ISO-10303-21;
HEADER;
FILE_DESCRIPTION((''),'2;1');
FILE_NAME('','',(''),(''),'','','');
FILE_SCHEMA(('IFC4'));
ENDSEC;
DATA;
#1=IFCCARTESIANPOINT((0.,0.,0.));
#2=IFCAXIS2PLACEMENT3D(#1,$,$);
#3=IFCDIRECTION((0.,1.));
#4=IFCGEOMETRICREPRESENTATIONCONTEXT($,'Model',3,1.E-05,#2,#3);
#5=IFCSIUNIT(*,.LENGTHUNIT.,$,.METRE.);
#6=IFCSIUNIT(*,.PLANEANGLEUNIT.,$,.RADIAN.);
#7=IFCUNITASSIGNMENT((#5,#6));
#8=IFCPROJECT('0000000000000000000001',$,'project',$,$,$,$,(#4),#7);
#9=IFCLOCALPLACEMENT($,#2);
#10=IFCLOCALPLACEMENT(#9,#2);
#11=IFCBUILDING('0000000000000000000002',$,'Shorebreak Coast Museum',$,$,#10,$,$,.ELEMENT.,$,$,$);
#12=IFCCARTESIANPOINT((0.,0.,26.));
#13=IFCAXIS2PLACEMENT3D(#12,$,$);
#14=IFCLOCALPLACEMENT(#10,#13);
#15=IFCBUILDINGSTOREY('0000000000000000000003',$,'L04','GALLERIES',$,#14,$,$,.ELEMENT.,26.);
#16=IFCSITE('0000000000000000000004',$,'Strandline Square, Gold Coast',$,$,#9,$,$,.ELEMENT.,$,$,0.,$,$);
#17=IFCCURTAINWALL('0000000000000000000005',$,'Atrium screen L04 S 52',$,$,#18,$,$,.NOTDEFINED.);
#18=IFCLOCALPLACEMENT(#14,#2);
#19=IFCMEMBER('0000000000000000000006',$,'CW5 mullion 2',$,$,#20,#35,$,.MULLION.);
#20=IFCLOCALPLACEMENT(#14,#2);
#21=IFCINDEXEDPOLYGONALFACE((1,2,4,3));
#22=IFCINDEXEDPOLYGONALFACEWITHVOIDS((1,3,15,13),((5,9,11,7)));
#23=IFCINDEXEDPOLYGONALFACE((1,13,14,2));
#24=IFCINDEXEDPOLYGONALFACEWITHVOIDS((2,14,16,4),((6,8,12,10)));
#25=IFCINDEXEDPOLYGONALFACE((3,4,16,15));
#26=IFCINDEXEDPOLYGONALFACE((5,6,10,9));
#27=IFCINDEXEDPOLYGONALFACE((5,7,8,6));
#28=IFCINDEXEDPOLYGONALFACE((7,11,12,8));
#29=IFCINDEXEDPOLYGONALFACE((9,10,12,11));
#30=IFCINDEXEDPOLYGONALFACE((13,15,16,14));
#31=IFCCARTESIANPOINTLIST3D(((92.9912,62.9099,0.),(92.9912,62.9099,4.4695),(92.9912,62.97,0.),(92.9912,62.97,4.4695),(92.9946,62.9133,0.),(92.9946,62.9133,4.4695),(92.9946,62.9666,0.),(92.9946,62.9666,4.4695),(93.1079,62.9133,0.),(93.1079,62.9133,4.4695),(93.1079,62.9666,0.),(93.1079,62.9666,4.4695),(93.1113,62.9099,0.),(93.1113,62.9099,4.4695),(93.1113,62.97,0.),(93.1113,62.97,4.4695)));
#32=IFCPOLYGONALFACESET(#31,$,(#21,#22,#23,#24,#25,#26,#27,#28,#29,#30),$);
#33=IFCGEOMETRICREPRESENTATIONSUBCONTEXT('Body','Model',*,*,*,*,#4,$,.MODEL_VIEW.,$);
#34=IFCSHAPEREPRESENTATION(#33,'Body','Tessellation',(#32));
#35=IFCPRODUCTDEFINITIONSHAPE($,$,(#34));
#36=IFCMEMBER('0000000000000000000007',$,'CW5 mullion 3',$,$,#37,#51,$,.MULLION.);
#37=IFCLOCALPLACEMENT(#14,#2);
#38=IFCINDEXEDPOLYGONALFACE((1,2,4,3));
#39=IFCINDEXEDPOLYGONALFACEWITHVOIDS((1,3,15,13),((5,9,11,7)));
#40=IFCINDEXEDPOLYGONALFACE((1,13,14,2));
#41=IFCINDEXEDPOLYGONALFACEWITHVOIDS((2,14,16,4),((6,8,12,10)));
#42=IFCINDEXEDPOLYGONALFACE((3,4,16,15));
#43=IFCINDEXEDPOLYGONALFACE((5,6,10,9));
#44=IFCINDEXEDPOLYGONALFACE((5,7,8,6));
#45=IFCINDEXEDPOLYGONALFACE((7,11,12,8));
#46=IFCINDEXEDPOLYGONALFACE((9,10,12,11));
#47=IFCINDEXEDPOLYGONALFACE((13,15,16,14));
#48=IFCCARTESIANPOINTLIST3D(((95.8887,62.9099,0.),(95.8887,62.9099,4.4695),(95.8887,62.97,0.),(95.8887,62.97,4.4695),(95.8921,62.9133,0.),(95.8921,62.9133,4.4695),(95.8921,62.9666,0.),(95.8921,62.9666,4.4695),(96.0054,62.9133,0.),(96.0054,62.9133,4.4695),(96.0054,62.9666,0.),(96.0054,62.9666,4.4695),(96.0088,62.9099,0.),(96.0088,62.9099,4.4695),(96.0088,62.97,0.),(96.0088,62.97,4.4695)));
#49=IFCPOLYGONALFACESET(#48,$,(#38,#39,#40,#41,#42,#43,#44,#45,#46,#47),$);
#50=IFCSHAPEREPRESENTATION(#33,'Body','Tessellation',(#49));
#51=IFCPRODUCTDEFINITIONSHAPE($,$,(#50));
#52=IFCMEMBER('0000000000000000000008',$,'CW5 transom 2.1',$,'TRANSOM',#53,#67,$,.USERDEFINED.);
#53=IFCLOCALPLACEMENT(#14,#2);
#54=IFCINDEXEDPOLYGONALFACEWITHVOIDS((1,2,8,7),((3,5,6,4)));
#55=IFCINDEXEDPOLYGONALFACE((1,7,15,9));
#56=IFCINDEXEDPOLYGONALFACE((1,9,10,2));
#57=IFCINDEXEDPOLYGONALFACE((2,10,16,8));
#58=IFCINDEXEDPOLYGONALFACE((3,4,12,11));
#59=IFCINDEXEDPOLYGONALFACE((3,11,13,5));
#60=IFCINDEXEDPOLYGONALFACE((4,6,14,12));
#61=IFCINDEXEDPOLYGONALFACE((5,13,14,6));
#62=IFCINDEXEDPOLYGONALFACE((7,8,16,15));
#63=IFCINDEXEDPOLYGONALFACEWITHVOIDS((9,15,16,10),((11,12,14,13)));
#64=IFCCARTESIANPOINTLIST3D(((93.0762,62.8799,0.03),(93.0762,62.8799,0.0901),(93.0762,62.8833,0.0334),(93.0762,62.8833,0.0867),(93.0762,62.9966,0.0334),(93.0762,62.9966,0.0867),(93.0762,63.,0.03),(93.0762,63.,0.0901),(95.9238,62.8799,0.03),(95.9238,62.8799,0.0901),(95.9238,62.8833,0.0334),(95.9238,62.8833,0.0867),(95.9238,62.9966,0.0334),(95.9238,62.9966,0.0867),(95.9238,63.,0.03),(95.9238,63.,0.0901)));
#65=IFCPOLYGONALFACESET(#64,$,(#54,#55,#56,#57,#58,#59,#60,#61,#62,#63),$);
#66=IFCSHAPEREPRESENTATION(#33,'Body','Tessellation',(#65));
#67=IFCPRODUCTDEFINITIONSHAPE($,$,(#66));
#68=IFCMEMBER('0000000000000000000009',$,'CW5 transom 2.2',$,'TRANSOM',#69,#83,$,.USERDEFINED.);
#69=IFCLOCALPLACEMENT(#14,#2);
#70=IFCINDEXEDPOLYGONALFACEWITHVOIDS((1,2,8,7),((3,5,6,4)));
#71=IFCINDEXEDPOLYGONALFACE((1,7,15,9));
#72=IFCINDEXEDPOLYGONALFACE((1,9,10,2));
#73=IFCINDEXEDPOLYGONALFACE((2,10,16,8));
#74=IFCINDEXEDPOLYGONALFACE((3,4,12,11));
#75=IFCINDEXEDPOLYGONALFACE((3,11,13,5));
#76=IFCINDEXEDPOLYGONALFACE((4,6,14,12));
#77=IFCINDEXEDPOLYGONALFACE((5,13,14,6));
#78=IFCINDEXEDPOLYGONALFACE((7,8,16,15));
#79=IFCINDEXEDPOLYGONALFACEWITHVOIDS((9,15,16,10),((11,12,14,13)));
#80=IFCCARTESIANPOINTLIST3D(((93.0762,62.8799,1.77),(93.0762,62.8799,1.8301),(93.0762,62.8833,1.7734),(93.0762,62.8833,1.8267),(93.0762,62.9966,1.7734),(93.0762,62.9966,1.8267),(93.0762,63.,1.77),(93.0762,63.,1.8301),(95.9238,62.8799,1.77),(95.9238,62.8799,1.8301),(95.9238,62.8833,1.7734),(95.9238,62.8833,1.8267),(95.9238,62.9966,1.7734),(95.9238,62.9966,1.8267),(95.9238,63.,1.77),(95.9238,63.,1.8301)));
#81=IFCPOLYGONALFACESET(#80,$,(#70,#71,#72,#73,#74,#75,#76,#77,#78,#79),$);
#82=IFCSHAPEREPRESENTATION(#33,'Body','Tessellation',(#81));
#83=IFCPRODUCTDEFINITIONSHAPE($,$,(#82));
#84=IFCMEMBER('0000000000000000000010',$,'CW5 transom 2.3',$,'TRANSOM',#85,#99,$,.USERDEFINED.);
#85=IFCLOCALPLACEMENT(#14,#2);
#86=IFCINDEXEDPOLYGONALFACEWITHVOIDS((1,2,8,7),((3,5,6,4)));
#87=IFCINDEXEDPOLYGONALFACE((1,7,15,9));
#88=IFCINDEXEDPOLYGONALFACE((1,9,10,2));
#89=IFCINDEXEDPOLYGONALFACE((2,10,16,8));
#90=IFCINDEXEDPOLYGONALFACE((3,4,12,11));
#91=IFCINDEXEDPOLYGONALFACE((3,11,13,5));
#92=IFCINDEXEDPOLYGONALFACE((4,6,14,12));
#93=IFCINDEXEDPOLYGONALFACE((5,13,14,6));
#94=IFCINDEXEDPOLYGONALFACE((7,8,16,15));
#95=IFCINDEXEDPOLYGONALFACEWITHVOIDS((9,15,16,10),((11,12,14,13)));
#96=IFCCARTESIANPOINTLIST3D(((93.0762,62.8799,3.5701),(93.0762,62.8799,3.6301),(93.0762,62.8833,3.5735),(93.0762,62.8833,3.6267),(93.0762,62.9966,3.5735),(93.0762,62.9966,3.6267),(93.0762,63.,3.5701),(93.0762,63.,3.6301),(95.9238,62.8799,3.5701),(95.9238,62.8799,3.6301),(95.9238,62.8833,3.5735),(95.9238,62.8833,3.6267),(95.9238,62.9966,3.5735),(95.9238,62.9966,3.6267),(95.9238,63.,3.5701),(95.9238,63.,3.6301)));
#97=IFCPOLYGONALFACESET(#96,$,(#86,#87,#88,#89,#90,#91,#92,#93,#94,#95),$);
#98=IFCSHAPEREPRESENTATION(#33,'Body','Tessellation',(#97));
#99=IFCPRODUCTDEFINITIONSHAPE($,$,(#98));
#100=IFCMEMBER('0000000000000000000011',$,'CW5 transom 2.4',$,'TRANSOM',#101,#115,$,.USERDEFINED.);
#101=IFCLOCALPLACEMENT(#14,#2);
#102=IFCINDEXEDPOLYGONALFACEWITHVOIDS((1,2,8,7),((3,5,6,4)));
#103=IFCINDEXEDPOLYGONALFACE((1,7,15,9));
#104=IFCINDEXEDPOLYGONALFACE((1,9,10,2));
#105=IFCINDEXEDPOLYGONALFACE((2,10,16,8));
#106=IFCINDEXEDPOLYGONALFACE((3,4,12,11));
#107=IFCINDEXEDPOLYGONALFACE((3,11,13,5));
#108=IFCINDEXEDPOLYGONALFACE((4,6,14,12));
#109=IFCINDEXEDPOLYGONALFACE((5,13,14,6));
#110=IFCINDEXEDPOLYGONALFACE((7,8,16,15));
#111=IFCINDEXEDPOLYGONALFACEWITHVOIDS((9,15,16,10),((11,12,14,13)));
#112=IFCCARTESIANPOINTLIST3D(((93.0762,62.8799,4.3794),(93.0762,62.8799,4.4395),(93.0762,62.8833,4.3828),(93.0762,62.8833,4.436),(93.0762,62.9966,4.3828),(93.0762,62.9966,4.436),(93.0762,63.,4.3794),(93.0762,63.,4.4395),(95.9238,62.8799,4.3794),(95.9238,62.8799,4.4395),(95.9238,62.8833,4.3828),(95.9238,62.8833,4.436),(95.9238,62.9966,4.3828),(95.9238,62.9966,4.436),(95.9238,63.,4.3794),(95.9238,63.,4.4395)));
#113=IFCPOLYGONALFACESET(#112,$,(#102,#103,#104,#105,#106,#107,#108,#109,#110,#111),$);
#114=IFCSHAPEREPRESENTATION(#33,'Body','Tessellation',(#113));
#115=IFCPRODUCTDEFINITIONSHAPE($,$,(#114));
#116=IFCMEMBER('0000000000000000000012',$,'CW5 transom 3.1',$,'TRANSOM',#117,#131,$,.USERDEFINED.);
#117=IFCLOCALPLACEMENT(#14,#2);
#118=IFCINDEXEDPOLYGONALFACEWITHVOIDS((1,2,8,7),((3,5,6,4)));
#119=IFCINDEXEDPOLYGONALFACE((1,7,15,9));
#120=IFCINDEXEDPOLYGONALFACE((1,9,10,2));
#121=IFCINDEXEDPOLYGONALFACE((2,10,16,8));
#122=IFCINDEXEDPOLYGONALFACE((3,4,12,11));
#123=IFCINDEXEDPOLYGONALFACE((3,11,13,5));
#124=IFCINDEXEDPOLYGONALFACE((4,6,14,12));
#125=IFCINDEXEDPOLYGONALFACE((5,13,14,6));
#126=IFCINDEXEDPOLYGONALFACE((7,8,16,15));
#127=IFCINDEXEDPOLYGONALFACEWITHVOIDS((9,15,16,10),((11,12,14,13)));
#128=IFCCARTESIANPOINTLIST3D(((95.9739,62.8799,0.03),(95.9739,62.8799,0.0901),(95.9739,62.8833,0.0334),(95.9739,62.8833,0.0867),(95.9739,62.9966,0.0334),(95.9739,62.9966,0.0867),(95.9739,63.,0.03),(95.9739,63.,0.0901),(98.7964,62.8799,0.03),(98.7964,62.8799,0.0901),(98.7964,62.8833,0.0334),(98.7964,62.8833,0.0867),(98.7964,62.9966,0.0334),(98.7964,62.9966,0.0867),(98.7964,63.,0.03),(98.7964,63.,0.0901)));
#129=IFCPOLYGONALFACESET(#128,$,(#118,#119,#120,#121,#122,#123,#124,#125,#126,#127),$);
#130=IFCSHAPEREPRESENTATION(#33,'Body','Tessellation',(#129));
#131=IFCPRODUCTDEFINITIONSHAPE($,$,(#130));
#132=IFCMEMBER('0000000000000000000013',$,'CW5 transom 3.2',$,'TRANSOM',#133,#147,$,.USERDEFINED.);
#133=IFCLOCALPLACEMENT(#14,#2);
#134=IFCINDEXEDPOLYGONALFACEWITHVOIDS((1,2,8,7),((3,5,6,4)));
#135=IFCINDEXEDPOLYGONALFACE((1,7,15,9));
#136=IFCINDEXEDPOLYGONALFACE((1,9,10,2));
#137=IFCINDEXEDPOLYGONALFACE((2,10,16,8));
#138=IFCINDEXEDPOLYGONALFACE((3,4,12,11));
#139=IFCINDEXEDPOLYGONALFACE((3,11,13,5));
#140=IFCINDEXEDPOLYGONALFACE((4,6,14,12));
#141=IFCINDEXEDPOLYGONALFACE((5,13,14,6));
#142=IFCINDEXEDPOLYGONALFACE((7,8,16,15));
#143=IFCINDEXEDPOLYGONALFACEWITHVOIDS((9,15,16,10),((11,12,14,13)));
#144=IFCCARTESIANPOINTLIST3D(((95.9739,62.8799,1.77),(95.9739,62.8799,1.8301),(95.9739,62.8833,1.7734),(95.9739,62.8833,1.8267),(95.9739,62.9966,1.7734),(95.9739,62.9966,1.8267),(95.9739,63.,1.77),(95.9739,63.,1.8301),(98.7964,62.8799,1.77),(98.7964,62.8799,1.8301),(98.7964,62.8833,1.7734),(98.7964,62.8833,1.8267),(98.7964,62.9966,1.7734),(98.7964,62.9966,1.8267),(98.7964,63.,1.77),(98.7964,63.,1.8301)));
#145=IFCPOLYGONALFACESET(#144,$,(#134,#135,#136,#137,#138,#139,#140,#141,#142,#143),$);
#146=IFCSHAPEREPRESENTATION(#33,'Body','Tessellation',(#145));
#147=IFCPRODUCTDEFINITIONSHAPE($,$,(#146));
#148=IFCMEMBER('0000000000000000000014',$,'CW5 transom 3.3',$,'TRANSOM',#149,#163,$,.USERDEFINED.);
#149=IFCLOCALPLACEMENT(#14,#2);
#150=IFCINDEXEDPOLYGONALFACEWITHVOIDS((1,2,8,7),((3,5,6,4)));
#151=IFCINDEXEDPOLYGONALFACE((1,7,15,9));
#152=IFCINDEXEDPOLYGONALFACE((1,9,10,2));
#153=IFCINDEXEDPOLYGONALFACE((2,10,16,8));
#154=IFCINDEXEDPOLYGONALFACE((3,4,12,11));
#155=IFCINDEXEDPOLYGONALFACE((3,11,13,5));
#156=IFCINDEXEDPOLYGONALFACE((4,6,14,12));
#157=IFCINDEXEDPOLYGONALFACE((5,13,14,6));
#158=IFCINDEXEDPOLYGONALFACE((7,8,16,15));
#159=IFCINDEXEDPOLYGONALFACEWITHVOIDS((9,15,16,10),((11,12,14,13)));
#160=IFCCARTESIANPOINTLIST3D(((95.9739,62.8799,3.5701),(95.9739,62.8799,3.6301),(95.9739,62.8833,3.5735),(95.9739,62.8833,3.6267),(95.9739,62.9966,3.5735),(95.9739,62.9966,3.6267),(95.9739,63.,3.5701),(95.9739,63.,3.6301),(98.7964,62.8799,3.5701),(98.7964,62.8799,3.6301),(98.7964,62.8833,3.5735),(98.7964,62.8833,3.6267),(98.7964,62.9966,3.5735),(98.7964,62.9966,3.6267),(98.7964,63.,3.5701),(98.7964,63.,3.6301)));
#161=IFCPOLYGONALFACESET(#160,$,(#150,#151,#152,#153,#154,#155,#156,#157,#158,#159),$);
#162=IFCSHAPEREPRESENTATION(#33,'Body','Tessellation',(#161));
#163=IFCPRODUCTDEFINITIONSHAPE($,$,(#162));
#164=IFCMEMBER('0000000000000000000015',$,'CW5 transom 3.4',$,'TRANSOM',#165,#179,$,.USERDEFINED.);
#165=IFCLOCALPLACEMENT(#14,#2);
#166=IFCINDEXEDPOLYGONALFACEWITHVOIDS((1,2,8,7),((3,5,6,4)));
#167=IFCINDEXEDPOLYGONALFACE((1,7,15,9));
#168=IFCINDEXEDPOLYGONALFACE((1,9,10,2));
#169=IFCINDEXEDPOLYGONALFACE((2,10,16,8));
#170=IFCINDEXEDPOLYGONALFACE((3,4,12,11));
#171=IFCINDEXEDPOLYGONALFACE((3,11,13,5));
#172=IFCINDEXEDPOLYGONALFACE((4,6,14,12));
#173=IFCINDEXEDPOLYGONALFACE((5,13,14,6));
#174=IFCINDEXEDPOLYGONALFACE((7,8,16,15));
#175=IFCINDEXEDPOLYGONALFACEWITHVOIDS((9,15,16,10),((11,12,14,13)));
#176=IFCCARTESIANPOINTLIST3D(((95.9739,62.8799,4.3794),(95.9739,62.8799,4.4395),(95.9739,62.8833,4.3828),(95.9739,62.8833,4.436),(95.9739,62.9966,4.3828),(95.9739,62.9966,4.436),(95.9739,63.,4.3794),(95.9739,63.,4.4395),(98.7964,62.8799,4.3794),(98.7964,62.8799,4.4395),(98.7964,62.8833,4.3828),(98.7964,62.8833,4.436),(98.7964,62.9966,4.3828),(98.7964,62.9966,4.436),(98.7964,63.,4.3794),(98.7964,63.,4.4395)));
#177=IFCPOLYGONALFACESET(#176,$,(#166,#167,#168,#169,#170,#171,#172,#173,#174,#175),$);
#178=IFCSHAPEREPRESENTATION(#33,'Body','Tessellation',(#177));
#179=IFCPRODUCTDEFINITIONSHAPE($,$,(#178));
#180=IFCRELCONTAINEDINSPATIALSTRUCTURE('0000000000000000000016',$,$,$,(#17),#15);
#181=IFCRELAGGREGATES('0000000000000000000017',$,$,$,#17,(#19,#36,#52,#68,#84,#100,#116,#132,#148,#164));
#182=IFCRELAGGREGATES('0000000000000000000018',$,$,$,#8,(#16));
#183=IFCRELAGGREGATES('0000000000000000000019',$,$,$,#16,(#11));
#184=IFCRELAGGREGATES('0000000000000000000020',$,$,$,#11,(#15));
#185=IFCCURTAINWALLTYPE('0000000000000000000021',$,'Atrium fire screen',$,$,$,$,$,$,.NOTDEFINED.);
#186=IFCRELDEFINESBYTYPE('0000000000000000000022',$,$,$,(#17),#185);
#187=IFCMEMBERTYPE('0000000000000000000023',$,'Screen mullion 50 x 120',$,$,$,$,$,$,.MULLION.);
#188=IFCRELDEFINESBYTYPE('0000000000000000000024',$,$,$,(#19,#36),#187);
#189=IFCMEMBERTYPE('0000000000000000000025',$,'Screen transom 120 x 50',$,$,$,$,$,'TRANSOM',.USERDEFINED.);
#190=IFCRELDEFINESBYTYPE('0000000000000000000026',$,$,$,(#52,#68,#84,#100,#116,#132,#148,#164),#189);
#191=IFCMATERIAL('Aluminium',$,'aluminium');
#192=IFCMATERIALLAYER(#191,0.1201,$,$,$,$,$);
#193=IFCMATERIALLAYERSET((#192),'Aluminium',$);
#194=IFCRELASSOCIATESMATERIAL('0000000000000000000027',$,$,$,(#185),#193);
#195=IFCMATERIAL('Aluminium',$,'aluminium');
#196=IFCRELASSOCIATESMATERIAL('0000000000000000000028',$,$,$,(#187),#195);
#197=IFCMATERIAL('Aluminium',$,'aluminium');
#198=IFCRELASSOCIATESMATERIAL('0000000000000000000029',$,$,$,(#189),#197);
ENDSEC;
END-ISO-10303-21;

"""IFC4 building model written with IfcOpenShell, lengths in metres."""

from ifc_helpers import new_model, si_unit, direction, frame, origin, origin_2d, place, context, subcontext, project, spatial, hollow_rectangle, extrude, material, layer, layer_set, material_profile, profile_set, type_object, element, aggregate, save


model = new_model("IFC4")

# Units and contexts
model_context = context("Model", 3, precision=1e-05, world=origin(), true_north=direction((0.0, 1.0)))
body_context = subcontext(model_context, "Body", "Model", "MODEL_VIEW")
ifc_project = project(units=[si_unit("LENGTHUNIT", "METRE"), si_unit("PLANEANGLEUNIT", "RADIAN")], contexts=[model_context])

# Site, building, storey
site_placement = place(None, origin())
site = spatial("IfcSite", under=ifc_project, at=site_placement, Name="Strandline Square, Gold Coast", CompositionType="ELEMENT", RefElevation=0.0)
building_placement = place(site_placement, origin())
building = spatial("IfcBuilding", under=site, at=building_placement, Name="Shorebreak Coast Museum", CompositionType="ELEMENT")
storey_placement = place(building_placement, frame((0.0, 0.0, 26.0)))
storey = spatial("IfcBuildingStorey", under=building, at=storey_placement, Name="L04", Description="GALLERIES", CompositionType="ELEMENT", Elevation=26.0)

# Curtain wall, members
ifc_material_1 = material(Name="Aluminium", Category="aluminium")
ifc_layer_1 = layer(ifc_material_1, 0.1201)
ifc_layer_set_1 = layer_set([ifc_layer_1], Name="Aluminium")
curtain_wall_type_1 = type_object("IfcCurtainWallType", Name="Atrium fire screen", PredefinedType="NOTDEFINED", material=ifc_layer_set_1)
curtain_wall_1_placement = place(storey_placement, origin())
curtain_wall_1 = element("IfcCurtainWall", 1, at=curtain_wall_1_placement, inside=storey, type_object=curtain_wall_type_1, Name="Atrium screen L04 S 52", PredefinedType="NOTDEFINED")
ifc_material_2 = material(Name="Aluminium", Category="aluminium")
ifc_material_profile_1 = material_profile(ifc_material_2, hollow_rectangle(XDim=0.0601, YDim=0.1201, WallThickness=0.0034, at=origin_2d()), Name="AL 120x60 RHS")
ifc_profile_set_1 = profile_set([ifc_material_profile_1], Name="Aluminium")
member_type_1 = type_object("IfcMemberType", Name="Screen mullion 50 x 120", PredefinedType="MULLION", material=ifc_profile_set_1)
member_1_placement = place(storey_placement, frame((93.0513, 62.9399, 0.0), z_axis=(0.0, 0.0, 1.0), x_axis=(0.0, 1.0, 0.0)))
member_1 = element("IfcMember", 2, at=member_1_placement, type_object=member_type_1, Name="CW5 mullion 2", PredefinedType="MULLION", context=body_context, shape_type="SweptSolid", body=[
    extrude(hollow_rectangle(XDim=0.0601, YDim=0.1201, WallThickness=0.0034, at=origin_2d()), origin(), (0.0, 0.0, 1.0), 4.4695),
])
member_2_placement = place(storey_placement, frame((95.9487, 62.9399, 0.0), z_axis=(0.0, 0.0, 1.0), x_axis=(0.0, 1.0, 0.0)))
member_2 = element("IfcMember", 3, at=member_2_placement, type_object=member_type_1, Name="CW5 mullion 3", PredefinedType="MULLION", context=body_context, shape_type="SweptSolid", body=[
    extrude(hollow_rectangle(XDim=0.0601, YDim=0.1201, WallThickness=0.0034, at=origin_2d()), origin(), (0.0, 0.0, 1.0), 4.4695),
])
ifc_material_3 = material(Name="Aluminium", Category="aluminium")
ifc_material_profile_2 = material_profile(ifc_material_3, hollow_rectangle(XDim=0.1201, YDim=0.0601, WallThickness=0.0034, at=origin_2d()), Name="AL 60x120 RHS")
ifc_profile_set_2 = profile_set([ifc_material_profile_2], Name="Aluminium")
member_type_2 = type_object("IfcMemberType", Name="Screen transom 120 x 50", ElementType="TRANSOM", PredefinedType="USERDEFINED", material=ifc_profile_set_2)
member_3_placement = place(storey_placement, frame((93.0762, 62.9399, 0.0601), z_axis=(1.0, 0.0, 0.0), x_axis=(0.0, 1.0, 0.0)))
member_3 = element("IfcMember", 4, at=member_3_placement, type_object=member_type_2, Name="CW5 transom 2.1", ObjectType="TRANSOM", PredefinedType="USERDEFINED", context=body_context, shape_type="SweptSolid", body=[
    extrude(hollow_rectangle(XDim=0.1201, YDim=0.0601, WallThickness=0.0034, at=origin_2d()), origin(), (0.0, 0.0, 1.0), 2.8477),
])
member_4_placement = place(storey_placement, frame((93.0762, 62.9399, 1.8), z_axis=(1.0, 0.0, 0.0), x_axis=(0.0, 1.0, 0.0)))
member_4 = element("IfcMember", 5, at=member_4_placement, type_object=member_type_2, Name="CW5 transom 2.2", ObjectType="TRANSOM", PredefinedType="USERDEFINED", context=body_context, shape_type="SweptSolid", body=[
    extrude(hollow_rectangle(XDim=0.1201, YDim=0.0601, WallThickness=0.0034, at=origin_2d()), origin(), (0.0, 0.0, 1.0), 2.8477),
])
member_5_placement = place(storey_placement, frame((93.0762, 62.9399, 3.6001), z_axis=(1.0, 0.0, 0.0), x_axis=(0.0, 1.0, 0.0)))
member_5 = element("IfcMember", 6, at=member_5_placement, type_object=member_type_2, Name="CW5 transom 2.3", ObjectType="TRANSOM", PredefinedType="USERDEFINED", context=body_context, shape_type="SweptSolid", body=[
    extrude(hollow_rectangle(XDim=0.1201, YDim=0.0601, WallThickness=0.0034, at=origin_2d()), origin(), (0.0, 0.0, 1.0), 2.8477),
])
member_6_placement = place(storey_placement, frame((93.0762, 62.9399, 4.4094), z_axis=(1.0, 0.0, 0.0), x_axis=(0.0, 1.0, 0.0)))
member_6 = element("IfcMember", 7, at=member_6_placement, type_object=member_type_2, Name="CW5 transom 2.4", ObjectType="TRANSOM", PredefinedType="USERDEFINED", context=body_context, shape_type="SweptSolid", body=[
    extrude(hollow_rectangle(XDim=0.1201, YDim=0.0601, WallThickness=0.0034, at=origin_2d()), origin(), (0.0, 0.0, 1.0), 2.8477),
])
member_7_placement = place(storey_placement, frame((95.9739, 62.9399, 0.0601), z_axis=(1.0, 0.0, 0.0), x_axis=(0.0, 1.0, 0.0)))
member_7 = element("IfcMember", 8, at=member_7_placement, type_object=member_type_2, Name="CW5 transom 3.1", ObjectType="TRANSOM", PredefinedType="USERDEFINED", context=body_context, shape_type="SweptSolid", body=[
    extrude(hollow_rectangle(XDim=0.1201, YDim=0.0601, WallThickness=0.0034, at=origin_2d()), origin(), (0.0, 0.0, 1.0), 2.8225),
])
member_8_placement = place(storey_placement, frame((95.9739, 62.9399, 1.8), z_axis=(1.0, 0.0, 0.0), x_axis=(0.0, 1.0, 0.0)))
member_8 = element("IfcMember", 9, at=member_8_placement, type_object=member_type_2, Name="CW5 transom 3.2", ObjectType="TRANSOM", PredefinedType="USERDEFINED", context=body_context, shape_type="SweptSolid", body=[
    extrude(hollow_rectangle(XDim=0.1201, YDim=0.0601, WallThickness=0.0034, at=origin_2d()), origin(), (0.0, 0.0, 1.0), 2.8225),
])
member_9_placement = place(storey_placement, frame((95.9739, 62.9399, 3.6001), z_axis=(1.0, 0.0, 0.0), x_axis=(0.0, 1.0, 0.0)))
member_9 = element("IfcMember", 10, at=member_9_placement, type_object=member_type_2, Name="CW5 transom 3.3", ObjectType="TRANSOM", PredefinedType="USERDEFINED", context=body_context, shape_type="SweptSolid", body=[
    extrude(hollow_rectangle(XDim=0.1201, YDim=0.0601, WallThickness=0.0034, at=origin_2d()), origin(), (0.0, 0.0, 1.0), 2.8225),
])
member_10_placement = place(storey_placement, frame((95.9739, 62.9399, 4.4094), z_axis=(1.0, 0.0, 0.0), x_axis=(0.0, 1.0, 0.0)))
member_10 = element("IfcMember", 11, at=member_10_placement, type_object=member_type_2, Name="CW5 transom 3.4", ObjectType="TRANSOM", PredefinedType="USERDEFINED", context=body_context, shape_type="SweptSolid", body=[
    extrude(hollow_rectangle(XDim=0.1201, YDim=0.0601, WallThickness=0.0034, at=origin_2d()), origin(), (0.0, 0.0, 1.0), 2.8225),
])

aggregate(curtain_wall_1, [member_1, member_2, member_3, member_4, member_5, member_6, member_7, member_8, member_9, member_10])

save(model, "model.ifc")
